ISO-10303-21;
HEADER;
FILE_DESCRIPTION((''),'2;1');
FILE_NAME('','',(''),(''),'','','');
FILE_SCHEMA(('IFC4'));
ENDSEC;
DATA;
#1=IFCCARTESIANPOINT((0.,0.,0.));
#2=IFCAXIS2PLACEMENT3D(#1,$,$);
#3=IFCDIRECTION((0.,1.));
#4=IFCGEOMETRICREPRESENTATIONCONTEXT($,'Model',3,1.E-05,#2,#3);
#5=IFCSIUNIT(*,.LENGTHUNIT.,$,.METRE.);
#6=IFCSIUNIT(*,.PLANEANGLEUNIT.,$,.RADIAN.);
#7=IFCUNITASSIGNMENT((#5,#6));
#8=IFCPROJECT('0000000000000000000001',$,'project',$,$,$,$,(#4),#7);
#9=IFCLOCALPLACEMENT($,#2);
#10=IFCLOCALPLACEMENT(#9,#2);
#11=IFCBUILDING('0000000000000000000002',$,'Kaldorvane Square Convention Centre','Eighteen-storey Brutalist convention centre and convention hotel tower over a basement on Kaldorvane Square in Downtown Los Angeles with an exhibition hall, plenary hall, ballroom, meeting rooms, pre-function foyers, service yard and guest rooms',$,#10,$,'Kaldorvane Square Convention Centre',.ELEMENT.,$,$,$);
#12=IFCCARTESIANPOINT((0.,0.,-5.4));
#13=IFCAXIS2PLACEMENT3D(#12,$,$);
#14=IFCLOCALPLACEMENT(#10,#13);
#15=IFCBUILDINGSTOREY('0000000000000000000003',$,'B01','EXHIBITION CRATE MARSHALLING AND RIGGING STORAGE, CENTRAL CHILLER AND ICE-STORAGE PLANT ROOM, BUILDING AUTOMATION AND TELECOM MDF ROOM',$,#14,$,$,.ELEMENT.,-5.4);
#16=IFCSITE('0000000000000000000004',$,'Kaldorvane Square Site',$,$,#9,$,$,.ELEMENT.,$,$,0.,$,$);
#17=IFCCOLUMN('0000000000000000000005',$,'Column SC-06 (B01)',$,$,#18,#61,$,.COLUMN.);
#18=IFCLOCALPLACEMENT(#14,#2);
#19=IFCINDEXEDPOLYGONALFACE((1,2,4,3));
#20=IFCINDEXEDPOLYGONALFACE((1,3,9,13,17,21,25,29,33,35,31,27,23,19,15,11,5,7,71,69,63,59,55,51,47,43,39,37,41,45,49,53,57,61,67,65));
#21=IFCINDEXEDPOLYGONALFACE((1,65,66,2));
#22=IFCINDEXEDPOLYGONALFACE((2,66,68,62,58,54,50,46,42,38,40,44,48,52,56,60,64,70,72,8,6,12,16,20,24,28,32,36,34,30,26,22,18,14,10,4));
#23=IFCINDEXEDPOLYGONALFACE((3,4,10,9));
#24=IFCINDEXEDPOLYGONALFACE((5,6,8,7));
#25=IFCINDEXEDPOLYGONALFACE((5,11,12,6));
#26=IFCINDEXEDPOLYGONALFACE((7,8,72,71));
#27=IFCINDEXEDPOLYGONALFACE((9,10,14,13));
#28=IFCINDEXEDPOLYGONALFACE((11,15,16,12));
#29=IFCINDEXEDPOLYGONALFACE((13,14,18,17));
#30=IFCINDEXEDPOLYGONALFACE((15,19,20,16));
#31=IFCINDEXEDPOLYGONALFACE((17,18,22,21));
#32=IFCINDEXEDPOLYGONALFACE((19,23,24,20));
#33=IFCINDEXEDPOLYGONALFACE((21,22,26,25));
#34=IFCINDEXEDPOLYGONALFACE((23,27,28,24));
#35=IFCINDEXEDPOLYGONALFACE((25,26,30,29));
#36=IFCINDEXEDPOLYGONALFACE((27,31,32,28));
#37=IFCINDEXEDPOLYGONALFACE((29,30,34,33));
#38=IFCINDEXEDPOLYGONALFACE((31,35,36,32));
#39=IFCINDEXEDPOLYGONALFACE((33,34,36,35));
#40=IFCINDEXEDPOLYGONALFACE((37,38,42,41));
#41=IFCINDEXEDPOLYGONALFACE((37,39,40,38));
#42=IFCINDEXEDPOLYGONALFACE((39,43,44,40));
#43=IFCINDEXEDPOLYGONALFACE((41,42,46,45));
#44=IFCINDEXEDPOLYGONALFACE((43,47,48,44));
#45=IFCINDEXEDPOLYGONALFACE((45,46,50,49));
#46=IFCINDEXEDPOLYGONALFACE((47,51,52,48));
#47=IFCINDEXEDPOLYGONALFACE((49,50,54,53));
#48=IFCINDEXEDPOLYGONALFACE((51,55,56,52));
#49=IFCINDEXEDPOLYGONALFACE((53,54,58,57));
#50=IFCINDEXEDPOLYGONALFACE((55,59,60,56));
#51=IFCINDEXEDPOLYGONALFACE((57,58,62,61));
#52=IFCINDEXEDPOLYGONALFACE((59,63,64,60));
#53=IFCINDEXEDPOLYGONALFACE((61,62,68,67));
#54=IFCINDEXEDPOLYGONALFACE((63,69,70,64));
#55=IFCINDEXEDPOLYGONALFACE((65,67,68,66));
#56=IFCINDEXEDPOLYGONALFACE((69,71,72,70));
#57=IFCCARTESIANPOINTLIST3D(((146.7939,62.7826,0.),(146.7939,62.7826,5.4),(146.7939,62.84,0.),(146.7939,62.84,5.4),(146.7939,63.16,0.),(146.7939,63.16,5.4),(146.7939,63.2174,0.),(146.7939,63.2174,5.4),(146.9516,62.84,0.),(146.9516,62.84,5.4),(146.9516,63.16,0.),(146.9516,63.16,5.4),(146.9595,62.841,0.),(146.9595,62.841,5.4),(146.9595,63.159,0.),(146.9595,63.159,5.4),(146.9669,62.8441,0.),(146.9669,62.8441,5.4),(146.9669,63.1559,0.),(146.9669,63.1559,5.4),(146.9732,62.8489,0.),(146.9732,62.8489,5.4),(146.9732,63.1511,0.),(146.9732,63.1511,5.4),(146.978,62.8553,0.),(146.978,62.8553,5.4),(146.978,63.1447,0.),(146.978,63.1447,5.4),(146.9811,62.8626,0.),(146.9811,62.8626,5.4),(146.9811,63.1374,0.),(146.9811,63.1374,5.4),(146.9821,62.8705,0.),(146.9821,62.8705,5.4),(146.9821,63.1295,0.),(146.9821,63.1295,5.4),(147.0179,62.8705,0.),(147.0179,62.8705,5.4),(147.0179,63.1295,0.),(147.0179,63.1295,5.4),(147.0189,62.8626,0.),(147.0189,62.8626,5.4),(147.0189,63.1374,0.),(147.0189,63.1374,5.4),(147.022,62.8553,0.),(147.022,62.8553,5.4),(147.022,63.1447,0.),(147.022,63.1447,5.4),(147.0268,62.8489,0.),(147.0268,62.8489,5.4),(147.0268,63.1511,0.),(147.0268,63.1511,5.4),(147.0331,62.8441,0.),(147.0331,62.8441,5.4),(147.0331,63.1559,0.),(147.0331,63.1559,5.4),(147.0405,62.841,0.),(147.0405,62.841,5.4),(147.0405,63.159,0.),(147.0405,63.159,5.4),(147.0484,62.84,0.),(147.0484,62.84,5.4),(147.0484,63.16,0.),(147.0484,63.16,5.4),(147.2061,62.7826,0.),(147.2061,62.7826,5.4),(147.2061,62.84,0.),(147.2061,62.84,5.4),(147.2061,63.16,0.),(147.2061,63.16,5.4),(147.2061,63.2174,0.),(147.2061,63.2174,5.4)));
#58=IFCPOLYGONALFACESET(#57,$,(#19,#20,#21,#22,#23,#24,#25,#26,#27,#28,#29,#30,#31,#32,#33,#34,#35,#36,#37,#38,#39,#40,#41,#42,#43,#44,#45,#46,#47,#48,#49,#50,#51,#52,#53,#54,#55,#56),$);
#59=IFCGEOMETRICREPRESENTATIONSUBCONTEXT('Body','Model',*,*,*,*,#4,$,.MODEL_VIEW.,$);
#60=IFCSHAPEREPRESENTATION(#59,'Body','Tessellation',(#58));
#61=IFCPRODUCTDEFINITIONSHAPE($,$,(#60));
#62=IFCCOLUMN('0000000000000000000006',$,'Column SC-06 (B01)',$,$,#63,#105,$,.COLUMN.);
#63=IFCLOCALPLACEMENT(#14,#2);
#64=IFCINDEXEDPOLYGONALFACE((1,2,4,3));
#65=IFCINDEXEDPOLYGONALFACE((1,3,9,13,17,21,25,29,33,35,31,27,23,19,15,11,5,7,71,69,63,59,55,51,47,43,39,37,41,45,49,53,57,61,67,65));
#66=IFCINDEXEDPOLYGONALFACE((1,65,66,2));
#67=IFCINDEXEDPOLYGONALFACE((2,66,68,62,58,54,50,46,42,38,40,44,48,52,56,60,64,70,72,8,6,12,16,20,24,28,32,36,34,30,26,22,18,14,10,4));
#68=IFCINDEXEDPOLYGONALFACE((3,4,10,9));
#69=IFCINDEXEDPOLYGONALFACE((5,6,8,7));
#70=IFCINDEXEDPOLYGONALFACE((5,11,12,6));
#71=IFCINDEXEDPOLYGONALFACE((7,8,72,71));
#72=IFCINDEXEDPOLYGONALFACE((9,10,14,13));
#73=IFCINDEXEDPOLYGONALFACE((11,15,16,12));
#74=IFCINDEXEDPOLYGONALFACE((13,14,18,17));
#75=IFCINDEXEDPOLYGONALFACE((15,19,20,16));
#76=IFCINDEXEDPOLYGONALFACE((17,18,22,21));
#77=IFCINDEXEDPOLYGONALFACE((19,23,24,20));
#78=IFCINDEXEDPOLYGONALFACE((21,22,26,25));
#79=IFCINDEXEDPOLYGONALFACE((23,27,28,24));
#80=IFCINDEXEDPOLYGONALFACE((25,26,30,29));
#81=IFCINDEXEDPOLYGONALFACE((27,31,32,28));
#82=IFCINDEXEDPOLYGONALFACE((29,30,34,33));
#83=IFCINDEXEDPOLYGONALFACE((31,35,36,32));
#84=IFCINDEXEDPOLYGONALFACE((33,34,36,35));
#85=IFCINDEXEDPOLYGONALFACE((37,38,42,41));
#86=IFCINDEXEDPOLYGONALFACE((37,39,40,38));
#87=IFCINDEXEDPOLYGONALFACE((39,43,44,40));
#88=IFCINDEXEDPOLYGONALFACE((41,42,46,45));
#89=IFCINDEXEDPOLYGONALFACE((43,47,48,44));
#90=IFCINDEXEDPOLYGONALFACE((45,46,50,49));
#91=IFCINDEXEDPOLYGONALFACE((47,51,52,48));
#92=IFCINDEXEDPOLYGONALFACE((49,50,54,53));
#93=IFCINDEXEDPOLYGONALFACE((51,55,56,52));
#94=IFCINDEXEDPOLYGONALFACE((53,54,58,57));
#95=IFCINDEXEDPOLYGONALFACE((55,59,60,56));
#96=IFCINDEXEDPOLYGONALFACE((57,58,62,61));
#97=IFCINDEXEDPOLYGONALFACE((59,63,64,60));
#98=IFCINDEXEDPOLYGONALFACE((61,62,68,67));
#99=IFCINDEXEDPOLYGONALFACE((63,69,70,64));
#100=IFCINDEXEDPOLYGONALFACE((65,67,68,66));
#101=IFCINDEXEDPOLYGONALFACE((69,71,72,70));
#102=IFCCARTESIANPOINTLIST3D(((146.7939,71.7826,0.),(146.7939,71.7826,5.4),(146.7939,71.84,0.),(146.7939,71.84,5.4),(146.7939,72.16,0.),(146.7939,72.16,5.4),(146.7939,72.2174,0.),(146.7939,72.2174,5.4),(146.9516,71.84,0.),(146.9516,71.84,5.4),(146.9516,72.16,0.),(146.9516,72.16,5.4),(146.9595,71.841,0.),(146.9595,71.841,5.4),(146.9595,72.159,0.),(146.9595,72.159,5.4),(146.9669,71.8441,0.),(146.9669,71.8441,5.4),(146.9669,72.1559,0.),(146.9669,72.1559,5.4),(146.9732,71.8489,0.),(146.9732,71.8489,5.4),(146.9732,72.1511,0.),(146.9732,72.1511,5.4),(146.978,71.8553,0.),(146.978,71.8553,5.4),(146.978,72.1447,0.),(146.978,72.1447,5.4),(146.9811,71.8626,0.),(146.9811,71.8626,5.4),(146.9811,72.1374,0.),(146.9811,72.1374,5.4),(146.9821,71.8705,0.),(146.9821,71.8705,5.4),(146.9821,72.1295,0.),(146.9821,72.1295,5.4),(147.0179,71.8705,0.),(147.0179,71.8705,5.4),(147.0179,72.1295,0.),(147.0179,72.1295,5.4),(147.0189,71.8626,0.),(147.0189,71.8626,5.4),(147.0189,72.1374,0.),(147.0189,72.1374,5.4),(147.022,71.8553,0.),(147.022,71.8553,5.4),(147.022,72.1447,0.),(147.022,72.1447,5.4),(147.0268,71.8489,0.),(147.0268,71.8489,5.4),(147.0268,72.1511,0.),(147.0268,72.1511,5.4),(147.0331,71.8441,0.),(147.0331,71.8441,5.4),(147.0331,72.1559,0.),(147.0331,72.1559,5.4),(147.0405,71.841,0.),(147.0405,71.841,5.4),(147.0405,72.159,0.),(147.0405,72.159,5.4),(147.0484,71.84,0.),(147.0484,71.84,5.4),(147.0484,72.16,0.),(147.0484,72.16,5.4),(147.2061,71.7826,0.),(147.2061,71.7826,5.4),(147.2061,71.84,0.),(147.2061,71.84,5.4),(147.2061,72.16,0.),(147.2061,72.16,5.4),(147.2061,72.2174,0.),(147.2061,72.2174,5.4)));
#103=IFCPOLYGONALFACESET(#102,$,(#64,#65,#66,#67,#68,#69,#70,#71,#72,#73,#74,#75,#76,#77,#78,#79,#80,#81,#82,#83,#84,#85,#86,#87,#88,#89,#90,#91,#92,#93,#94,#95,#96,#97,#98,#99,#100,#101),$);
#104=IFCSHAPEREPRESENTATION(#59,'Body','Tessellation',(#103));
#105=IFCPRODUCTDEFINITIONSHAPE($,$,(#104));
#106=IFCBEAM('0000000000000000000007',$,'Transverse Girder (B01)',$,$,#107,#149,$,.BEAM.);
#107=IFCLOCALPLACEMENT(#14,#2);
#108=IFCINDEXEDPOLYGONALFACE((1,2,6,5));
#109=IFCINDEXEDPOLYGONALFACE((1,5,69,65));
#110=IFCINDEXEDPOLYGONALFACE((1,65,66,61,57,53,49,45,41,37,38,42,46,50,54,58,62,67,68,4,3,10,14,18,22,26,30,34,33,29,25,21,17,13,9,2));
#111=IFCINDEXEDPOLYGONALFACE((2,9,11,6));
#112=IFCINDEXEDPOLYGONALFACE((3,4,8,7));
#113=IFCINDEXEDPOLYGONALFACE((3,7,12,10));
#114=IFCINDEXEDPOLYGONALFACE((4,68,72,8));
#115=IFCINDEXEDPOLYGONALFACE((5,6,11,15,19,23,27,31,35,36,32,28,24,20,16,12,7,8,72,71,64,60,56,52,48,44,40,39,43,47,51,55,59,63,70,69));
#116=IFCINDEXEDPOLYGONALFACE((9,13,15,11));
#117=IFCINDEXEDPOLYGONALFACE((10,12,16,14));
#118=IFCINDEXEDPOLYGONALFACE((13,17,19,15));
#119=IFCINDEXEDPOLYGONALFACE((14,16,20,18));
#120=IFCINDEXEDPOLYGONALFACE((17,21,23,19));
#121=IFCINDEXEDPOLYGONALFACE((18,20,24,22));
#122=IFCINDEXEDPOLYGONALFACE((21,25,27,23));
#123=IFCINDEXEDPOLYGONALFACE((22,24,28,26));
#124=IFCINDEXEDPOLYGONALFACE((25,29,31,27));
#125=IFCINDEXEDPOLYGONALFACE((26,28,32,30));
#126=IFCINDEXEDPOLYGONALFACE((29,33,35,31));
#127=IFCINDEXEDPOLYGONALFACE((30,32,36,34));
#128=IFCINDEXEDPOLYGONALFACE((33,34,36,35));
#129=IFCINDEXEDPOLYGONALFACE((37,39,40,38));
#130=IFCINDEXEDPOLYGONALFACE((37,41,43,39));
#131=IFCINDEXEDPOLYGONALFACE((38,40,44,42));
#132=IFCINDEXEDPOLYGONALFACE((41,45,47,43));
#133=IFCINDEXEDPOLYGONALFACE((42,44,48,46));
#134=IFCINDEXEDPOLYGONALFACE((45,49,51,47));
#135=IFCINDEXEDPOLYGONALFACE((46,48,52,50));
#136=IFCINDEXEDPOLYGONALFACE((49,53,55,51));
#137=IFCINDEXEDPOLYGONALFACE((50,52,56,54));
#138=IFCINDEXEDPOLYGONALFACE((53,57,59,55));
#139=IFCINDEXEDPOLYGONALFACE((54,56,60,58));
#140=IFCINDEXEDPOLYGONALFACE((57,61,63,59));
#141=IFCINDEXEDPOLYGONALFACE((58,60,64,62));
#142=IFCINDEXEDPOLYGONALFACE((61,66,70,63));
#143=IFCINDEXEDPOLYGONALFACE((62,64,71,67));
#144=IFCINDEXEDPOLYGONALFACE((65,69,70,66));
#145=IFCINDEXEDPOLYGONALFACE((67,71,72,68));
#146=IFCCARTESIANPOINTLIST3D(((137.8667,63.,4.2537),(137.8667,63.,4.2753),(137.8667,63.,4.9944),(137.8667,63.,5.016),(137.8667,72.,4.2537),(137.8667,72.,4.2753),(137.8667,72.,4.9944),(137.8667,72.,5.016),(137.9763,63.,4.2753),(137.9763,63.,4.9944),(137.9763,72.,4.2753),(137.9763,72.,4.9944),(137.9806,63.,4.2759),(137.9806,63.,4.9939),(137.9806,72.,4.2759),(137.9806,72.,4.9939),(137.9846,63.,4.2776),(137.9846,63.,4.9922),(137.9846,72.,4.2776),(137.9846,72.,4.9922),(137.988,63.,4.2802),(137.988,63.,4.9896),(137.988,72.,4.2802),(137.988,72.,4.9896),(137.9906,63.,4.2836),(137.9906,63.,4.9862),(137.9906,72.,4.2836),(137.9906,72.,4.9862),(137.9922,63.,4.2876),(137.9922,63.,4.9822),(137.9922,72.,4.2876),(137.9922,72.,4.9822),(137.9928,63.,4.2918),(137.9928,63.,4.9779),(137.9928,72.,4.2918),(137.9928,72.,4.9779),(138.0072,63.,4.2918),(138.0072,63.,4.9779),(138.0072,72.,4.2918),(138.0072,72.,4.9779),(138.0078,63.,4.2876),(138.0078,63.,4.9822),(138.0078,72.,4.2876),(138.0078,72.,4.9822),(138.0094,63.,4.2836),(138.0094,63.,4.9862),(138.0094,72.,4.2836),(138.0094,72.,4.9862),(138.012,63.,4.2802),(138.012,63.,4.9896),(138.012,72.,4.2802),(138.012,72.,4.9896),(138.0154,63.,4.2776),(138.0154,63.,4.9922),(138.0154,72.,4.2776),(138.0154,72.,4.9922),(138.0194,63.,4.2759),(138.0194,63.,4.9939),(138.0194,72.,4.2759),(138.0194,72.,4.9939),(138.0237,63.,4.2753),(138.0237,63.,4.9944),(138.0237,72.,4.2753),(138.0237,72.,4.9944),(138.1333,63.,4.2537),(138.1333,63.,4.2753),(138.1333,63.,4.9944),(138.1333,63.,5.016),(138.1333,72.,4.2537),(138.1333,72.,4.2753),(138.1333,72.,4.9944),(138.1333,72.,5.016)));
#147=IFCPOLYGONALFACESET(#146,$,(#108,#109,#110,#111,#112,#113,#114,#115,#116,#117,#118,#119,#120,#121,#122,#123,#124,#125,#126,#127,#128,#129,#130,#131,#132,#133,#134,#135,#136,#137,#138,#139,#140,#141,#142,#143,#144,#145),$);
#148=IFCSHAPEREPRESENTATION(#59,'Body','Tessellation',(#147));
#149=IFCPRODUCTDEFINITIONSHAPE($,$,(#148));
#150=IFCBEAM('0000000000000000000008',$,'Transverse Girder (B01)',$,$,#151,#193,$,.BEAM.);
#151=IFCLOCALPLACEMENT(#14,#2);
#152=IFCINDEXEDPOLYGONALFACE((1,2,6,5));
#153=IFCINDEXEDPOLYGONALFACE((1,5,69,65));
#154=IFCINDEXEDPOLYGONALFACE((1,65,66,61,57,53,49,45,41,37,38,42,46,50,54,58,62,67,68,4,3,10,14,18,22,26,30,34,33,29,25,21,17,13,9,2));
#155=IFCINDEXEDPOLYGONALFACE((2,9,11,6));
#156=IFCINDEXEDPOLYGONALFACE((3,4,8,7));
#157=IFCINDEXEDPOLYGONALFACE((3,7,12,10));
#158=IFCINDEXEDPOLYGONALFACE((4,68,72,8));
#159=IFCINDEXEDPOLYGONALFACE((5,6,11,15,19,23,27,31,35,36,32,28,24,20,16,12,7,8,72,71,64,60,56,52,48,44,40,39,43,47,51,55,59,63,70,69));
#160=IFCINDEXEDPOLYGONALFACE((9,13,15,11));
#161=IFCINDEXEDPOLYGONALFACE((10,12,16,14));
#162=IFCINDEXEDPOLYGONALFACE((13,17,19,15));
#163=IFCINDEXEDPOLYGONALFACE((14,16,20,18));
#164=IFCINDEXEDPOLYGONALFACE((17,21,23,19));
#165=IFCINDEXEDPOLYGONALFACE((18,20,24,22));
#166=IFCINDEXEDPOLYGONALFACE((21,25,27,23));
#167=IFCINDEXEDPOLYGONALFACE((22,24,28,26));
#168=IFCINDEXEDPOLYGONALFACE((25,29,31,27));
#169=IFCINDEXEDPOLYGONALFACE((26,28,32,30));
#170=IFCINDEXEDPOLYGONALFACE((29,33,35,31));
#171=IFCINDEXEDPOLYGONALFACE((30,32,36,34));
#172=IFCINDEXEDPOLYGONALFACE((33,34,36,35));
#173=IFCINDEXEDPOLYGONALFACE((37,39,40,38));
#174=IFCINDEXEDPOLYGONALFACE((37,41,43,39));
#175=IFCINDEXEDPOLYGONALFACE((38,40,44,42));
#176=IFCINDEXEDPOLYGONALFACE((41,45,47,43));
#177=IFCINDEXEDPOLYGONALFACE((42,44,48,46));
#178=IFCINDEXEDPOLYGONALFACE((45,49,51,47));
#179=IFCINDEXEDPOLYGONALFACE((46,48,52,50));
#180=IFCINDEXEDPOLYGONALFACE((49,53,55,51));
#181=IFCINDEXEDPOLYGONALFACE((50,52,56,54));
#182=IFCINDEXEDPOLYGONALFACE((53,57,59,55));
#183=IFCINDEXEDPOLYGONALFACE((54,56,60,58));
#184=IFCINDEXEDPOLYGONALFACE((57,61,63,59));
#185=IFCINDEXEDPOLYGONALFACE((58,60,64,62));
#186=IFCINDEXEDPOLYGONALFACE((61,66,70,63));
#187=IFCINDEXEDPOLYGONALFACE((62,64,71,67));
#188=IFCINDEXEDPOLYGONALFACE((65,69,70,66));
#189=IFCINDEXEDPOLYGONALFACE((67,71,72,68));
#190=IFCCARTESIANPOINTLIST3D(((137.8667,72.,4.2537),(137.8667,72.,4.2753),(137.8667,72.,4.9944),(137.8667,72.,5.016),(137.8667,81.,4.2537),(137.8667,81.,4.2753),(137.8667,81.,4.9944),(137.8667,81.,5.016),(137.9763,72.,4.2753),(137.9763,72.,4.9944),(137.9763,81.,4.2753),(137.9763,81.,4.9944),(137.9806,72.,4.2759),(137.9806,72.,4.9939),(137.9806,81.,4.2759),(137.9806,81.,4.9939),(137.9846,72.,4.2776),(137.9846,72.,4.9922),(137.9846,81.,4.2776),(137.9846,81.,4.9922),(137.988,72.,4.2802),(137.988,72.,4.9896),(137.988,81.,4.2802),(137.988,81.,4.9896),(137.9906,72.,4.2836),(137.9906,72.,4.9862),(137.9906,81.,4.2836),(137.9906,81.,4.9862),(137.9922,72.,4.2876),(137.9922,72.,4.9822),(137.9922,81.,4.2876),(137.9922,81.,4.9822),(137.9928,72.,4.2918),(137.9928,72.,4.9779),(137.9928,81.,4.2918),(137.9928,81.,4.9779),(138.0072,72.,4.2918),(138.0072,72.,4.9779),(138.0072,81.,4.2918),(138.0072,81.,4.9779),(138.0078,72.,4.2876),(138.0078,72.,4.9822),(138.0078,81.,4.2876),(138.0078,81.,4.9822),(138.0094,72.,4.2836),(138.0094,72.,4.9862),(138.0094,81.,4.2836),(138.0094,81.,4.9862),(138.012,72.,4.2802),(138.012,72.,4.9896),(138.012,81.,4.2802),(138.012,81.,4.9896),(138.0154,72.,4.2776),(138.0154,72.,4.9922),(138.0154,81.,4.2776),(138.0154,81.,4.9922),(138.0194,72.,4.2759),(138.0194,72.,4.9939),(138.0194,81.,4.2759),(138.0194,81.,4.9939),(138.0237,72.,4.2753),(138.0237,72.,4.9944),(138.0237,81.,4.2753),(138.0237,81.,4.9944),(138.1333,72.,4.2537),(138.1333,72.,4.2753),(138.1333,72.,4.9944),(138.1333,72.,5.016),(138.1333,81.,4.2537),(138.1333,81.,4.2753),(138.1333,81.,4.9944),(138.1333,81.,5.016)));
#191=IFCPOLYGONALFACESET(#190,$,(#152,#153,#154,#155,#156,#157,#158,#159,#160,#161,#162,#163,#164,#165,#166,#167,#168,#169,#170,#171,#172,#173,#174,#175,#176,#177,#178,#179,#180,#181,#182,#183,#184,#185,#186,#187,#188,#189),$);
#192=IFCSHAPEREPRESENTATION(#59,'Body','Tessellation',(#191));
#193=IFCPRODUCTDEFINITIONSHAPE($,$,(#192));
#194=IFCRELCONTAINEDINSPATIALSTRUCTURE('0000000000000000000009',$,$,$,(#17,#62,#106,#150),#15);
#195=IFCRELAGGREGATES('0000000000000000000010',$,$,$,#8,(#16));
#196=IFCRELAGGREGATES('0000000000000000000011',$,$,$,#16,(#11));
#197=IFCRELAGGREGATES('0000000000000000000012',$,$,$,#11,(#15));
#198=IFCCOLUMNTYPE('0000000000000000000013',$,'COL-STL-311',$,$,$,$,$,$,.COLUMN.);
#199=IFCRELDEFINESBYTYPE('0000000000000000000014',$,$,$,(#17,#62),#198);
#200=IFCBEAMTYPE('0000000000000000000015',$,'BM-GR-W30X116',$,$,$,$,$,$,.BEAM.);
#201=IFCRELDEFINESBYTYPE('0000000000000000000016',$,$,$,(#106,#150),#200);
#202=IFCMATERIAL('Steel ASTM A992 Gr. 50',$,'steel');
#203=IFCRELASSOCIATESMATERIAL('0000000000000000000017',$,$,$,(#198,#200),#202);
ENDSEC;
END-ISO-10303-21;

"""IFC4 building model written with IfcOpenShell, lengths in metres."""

from ifc_helpers import new_model, si_unit, direction, frame, origin, origin_2d, place, context, subcontext, project, spatial, i_section, extrude, material, material_profile, profile_set, type_object, element, save


model = new_model("IFC4")

# Units and contexts
model_context = context("Model", 3, precision=1e-05, world=origin(), true_north=direction((0.0, 1.0)))
body_context = subcontext(model_context, "Body", "Model", "MODEL_VIEW")
ifc_project = project(units=[si_unit("LENGTHUNIT", "METRE"), si_unit("PLANEANGLEUNIT", "RADIAN")], contexts=[model_context])

# Site, building, storey
site_placement = place(None, origin())
site = spatial("IfcSite", under=ifc_project, at=site_placement, Name="Kaldorvane Square Site", CompositionType="ELEMENT", RefElevation=0.0)
building_placement = place(site_placement, origin())
building = spatial("IfcBuilding", under=site, at=building_placement, Name="Kaldorvane Square Convention Centre", Description="Eighteen-storey Brutalist convention centre and convention hotel tower over a basement on Kaldorvane Square in Downtown Los Angeles with an exhibition hall, plenary hall, ballroom, meeting rooms, pre-function foyers, service yard and guest rooms", LongName="Kaldorvane Square Convention Centre", CompositionType="ELEMENT")
storey_placement = place(building_placement, frame((0.0, 0.0, -5.4)))
storey = spatial("IfcBuildingStorey", under=building, at=storey_placement, Name="B01", Description="EXHIBITION CRATE MARSHALLING AND RIGGING STORAGE, CENTRAL CHILLER AND ICE-STORAGE PLANT ROOM, BUILDING AUTOMATION AND TELECOM MDF ROOM", CompositionType="ELEMENT", Elevation=-5.4)

# Columns
ifc_material_1 = material(Name="Steel ASTM A992 Gr. 50", Category="steel")
ifc_material_profile_1 = material_profile(ifc_material_1, i_section(OverallWidth=0.4122, OverallDepth=0.4348, WebThickness=0.0358, FlangeThickness=0.0574, FilletRadius=0.0305, at=origin_2d()), Name="W14X311")
ifc_profile_set_1 = profile_set([ifc_material_profile_1], Name="Steel ASTM A992 Gr. 50")
column_type_1 = type_object("IfcColumnType", Name="COL-STL-311", PredefinedType="COLUMN", material=ifc_profile_set_1)
for number, where, z_axis, x_axis, name in (
    (1, (147.0, 63.0, 0.0), (0.0, 0.0, 1.0), (1.0, 0.0, 0.0), "Column SC-06 (B01)"),
    (2, (147.0, 72.0, 0.0), (0.0, 0.0, 1.0), (1.0, 0.0, 0.0), "Column SC-06 (B01)"),
):
    element("IfcColumn", number, at=place(storey_placement, frame(where, z_axis=z_axis, x_axis=x_axis)), inside=storey, type_object=column_type_1, Name=name, PredefinedType="COLUMN", context=body_context, shape_type="SweptSolid", body=[
        extrude(i_section(OverallWidth=0.4122, OverallDepth=0.4348, WebThickness=0.0358, FlangeThickness=0.0574, FilletRadius=0.0305, at=origin_2d()), origin(), (0.0, 0.0, 1.0), 5.4),
    ])

# Beams
ifc_material_profile_2 = material_profile(ifc_material_1, i_section(OverallWidth=0.2666, OverallDepth=0.7623, WebThickness=0.0144, FlangeThickness=0.0216, FilletRadius=0.0165, at=origin_2d()), Name="W30X116")
ifc_profile_set_2 = profile_set([ifc_material_profile_2], Name="Steel ASTM A992 Gr. 50")
beam_type = type_object("IfcBeamType", Name="BM-GR-W30X116", PredefinedType="BEAM", material=ifc_profile_set_2)
for number, where, z_axis, x_axis, name in (
    (3, (138.0, 63.0, 4.6349), (0.0, 1.0, 0.0), (-1.0, 0.0, 0.0), "Transverse Girder (B01)"),
    (4, (138.0, 72.0, 4.6349), (0.0, 1.0, 0.0), (-1.0, 0.0, 0.0), "Transverse Girder (B01)"),
):
    element("IfcBeam", number, at=place(storey_placement, frame(where, z_axis=z_axis, x_axis=x_axis)), inside=storey, type_object=beam_type, Name=name, PredefinedType="BEAM", context=body_context, shape_type="SweptSolid", body=[
        extrude(i_section(OverallWidth=0.2666, OverallDepth=0.7623, WebThickness=0.0144, FlangeThickness=0.0216, FilletRadius=0.0165, at=origin_2d()), origin(), (0.0, 0.0, 1.0), 9.0),
    ])

save(model, "model.ifc")
